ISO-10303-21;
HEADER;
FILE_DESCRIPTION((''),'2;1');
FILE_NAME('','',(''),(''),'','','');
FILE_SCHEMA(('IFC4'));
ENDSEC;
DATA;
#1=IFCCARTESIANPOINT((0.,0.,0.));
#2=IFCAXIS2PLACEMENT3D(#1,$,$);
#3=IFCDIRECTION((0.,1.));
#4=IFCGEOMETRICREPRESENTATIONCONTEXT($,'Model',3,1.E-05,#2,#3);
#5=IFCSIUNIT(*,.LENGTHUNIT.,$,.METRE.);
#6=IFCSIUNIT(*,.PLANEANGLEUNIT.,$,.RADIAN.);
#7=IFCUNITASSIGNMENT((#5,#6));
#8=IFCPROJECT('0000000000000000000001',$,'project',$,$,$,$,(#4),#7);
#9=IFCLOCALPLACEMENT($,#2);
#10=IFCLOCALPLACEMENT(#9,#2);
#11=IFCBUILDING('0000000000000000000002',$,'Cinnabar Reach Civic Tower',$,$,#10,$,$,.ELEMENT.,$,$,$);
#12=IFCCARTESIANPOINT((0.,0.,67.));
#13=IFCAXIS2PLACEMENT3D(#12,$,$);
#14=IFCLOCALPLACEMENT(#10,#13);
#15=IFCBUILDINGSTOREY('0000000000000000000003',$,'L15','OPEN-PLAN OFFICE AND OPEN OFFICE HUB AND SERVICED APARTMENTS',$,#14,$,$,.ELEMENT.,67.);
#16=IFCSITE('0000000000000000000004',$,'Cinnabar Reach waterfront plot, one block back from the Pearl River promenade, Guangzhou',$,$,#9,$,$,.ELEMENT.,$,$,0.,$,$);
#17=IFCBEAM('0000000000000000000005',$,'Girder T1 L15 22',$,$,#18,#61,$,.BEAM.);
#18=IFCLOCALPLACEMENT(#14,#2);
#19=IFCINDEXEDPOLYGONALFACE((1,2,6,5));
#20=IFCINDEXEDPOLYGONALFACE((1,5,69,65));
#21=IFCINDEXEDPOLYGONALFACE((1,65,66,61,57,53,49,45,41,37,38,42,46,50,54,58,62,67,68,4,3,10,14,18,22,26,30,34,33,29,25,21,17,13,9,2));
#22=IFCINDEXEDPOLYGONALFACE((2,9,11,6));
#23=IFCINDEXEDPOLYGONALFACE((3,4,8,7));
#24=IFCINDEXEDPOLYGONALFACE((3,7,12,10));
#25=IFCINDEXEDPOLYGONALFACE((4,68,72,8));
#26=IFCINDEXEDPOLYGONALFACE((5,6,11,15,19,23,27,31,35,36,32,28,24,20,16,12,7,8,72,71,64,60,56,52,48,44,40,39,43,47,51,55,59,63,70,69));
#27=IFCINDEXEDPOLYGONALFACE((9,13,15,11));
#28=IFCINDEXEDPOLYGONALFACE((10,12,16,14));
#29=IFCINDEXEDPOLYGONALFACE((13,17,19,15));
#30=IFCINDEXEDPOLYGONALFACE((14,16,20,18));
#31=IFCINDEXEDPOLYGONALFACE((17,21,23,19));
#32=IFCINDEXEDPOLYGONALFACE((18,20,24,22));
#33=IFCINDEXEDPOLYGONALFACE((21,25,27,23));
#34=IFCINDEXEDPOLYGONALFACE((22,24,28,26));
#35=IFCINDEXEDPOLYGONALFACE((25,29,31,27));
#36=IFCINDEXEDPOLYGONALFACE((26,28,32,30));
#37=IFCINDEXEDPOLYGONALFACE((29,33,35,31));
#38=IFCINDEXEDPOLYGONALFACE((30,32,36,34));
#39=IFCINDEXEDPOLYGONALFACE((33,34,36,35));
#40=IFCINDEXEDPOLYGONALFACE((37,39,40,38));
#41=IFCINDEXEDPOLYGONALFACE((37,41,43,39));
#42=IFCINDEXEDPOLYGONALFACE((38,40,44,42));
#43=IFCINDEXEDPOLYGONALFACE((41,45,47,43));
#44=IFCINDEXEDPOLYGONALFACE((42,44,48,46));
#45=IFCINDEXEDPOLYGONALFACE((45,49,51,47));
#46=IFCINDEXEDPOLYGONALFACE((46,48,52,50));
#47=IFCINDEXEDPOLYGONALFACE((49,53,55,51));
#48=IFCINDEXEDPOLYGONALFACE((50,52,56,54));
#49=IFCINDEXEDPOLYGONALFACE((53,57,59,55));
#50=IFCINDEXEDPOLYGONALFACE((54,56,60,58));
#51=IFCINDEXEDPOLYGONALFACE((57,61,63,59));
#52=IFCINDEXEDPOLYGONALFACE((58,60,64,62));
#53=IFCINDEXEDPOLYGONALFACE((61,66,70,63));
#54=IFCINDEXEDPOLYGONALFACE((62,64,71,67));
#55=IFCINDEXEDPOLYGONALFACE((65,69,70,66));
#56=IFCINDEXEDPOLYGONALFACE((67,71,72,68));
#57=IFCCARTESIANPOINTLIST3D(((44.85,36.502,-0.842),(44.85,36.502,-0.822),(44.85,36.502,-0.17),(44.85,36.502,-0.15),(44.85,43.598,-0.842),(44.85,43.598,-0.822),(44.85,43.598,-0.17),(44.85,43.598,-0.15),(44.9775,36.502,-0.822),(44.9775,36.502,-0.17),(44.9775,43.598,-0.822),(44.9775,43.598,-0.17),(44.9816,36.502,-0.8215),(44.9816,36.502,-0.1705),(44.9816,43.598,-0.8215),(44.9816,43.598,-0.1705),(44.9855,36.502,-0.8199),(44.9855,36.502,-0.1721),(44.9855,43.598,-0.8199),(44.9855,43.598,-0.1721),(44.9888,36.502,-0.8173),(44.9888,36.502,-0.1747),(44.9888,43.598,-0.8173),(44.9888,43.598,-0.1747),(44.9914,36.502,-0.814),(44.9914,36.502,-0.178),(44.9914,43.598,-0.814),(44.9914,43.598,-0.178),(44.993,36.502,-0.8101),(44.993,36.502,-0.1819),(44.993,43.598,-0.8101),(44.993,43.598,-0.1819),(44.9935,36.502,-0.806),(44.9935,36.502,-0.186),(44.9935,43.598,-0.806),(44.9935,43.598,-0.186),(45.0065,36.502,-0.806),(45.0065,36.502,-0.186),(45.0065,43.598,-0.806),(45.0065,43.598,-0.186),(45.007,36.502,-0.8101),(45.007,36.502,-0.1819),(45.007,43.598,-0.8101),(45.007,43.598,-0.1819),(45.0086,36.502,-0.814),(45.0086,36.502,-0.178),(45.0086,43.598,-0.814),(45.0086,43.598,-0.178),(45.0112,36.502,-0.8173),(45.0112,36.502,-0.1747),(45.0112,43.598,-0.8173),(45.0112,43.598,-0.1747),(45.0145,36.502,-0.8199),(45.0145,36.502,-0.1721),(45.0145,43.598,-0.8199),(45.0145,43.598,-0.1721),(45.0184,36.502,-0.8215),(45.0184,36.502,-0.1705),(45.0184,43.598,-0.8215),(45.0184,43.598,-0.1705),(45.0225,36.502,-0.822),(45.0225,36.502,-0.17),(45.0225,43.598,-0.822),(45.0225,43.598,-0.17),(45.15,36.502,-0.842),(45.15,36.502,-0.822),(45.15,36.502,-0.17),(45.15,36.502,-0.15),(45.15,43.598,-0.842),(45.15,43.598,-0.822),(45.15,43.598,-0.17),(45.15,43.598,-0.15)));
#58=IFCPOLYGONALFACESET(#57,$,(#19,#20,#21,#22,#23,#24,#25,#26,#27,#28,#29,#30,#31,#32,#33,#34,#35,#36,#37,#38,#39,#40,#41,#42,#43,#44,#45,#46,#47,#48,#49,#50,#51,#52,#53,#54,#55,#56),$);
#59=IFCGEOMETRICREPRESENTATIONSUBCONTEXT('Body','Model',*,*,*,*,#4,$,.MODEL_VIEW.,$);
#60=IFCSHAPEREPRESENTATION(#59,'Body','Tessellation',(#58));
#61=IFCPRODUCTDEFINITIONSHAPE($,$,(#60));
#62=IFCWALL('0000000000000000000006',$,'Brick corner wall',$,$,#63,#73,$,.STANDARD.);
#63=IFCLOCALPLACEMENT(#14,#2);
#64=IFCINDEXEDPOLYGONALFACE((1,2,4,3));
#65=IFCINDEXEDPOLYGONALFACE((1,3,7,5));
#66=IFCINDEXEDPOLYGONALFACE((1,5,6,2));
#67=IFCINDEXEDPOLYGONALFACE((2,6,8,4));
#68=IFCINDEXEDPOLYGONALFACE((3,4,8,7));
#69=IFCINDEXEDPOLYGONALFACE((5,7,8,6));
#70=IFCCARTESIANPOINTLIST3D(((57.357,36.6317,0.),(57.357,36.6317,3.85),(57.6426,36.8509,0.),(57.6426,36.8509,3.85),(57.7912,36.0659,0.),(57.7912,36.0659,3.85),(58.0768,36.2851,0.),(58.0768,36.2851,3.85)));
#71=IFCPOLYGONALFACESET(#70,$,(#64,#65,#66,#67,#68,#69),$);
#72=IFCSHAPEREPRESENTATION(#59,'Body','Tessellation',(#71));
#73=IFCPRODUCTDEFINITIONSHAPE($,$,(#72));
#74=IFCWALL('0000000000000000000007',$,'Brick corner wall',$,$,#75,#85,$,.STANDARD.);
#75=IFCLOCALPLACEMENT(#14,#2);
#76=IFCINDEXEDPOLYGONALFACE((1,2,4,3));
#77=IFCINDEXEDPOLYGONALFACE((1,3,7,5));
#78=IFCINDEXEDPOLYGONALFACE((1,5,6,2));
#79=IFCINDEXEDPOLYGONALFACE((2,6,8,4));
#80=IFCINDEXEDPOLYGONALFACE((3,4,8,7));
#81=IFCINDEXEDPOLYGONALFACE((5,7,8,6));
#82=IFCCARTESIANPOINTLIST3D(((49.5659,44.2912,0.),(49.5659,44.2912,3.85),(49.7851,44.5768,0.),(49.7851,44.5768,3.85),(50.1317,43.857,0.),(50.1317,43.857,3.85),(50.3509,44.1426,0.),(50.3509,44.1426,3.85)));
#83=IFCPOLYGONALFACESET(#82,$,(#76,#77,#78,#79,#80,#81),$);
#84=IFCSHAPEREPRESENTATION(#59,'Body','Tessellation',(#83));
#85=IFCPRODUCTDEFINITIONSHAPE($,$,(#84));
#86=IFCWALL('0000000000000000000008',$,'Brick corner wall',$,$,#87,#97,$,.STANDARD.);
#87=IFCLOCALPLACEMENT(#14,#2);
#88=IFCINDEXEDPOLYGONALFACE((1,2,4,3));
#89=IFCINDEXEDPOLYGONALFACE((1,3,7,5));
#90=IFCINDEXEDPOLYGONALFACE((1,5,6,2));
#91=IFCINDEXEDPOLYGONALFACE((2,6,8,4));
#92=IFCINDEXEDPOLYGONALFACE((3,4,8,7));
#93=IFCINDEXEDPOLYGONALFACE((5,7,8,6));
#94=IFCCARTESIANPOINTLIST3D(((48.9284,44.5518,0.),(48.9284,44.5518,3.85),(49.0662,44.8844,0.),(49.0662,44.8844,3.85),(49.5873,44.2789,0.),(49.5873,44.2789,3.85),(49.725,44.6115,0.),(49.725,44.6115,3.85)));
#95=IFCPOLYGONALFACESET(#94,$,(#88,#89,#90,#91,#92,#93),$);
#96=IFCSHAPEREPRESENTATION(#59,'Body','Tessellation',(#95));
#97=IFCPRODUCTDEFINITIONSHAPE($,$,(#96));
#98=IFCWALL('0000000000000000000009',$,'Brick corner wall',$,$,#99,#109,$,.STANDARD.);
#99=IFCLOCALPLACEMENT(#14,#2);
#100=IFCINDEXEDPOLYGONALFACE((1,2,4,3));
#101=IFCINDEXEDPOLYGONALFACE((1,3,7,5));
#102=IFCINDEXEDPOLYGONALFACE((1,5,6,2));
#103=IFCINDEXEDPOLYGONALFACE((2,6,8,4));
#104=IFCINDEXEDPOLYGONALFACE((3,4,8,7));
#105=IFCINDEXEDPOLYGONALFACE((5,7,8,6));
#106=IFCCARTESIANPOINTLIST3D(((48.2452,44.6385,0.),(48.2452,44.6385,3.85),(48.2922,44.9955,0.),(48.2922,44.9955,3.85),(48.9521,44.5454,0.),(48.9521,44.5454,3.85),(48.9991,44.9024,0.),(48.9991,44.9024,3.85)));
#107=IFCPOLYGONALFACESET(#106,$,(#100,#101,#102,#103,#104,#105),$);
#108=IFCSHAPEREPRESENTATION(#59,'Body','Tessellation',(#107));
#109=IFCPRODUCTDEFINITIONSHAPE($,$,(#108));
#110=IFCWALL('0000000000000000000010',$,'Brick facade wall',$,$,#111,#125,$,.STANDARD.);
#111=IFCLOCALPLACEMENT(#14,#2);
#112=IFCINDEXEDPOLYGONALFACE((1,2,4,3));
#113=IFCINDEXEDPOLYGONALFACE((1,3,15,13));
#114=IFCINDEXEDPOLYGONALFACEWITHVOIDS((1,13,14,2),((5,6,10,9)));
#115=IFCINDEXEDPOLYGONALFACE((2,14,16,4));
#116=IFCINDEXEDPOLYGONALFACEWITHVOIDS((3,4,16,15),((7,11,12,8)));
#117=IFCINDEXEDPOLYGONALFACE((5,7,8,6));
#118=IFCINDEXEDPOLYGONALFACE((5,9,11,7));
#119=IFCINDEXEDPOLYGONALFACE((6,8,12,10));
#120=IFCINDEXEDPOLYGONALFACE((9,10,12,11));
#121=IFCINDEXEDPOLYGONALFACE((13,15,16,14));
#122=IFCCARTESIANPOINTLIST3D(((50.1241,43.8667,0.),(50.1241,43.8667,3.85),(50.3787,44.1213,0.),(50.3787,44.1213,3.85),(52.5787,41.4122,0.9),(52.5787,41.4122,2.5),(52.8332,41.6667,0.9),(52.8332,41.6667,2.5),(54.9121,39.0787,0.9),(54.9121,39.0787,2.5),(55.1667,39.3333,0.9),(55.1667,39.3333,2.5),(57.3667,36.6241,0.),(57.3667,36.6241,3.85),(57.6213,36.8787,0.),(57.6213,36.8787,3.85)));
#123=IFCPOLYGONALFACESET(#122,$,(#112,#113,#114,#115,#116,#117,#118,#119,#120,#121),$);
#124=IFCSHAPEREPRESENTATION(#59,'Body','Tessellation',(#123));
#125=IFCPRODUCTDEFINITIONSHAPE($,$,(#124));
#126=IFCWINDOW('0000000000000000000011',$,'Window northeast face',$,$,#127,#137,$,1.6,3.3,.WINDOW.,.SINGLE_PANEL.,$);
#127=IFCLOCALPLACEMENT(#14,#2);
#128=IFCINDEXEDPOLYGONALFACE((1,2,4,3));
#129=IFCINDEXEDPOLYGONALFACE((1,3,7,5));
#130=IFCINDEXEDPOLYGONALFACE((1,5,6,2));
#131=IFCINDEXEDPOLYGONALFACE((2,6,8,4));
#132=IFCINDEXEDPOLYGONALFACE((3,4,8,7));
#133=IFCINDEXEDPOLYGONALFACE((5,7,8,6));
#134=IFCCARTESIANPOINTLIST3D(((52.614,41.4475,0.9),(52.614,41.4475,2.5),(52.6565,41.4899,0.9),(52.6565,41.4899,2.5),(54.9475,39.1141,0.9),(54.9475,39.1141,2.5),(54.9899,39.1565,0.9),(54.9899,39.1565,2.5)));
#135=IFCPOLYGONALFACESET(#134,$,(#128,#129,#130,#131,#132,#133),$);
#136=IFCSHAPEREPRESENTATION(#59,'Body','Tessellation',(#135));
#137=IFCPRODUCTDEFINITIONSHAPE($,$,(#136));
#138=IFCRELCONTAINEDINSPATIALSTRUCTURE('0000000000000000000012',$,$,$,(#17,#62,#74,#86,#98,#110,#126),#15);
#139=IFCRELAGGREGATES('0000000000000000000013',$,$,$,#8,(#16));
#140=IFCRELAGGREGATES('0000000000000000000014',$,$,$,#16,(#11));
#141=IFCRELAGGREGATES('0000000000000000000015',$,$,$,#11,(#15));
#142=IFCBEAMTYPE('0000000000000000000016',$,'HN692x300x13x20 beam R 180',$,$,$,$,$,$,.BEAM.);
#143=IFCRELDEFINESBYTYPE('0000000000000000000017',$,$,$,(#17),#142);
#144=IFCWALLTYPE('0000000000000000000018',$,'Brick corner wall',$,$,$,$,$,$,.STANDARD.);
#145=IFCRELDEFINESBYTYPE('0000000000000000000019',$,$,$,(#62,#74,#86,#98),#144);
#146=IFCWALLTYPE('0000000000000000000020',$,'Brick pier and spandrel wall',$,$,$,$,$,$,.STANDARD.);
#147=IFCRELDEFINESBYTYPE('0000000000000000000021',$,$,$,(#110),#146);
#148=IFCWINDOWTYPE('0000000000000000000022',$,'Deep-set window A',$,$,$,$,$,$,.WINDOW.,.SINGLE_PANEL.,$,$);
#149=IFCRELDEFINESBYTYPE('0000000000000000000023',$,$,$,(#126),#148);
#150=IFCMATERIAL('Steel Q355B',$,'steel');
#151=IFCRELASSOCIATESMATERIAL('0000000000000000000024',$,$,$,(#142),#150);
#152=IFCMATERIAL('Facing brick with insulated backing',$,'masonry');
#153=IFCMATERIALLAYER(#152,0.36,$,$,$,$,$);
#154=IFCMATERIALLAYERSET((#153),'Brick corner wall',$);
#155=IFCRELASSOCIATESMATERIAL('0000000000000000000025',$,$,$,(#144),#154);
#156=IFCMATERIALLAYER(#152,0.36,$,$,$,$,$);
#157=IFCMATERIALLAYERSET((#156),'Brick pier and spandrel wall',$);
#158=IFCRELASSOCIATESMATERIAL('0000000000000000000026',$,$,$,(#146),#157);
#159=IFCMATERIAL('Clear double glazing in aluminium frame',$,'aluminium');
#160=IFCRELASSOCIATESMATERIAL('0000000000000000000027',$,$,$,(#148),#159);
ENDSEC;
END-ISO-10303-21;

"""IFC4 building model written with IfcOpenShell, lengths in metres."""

from ifc_helpers import new_model, si_unit, direction, frame, frame_2d, origin, origin_2d, place, context, subcontext, project, spatial, rectangle, i_section, extrude, material, layer, layer_set, material_profile, profile_set, type_object, element, fill, save


model = new_model("IFC4")

# Units and contexts
model_context = context("Model", 3, precision=1e-05, world=origin(), true_north=direction((0.0, 1.0)))
body_context = subcontext(model_context, "Body", "Model", "MODEL_VIEW")
ifc_project = project(units=[si_unit("LENGTHUNIT", "METRE"), si_unit("PLANEANGLEUNIT", "RADIAN")], contexts=[model_context])

# Site, building, storey
site_placement = place(None, origin())
site = spatial("IfcSite", under=ifc_project, at=site_placement, Name="Cinnabar Reach waterfront plot, one block back from the Pearl River promenade, Guangzhou", CompositionType="ELEMENT", RefElevation=0.0)
building_placement = place(site_placement, origin())
building = spatial("IfcBuilding", under=site, at=building_placement, Name="Cinnabar Reach Civic Tower", CompositionType="ELEMENT")
storey_placement = place(building_placement, frame((0.0, 0.0, 67.0)))
storey = spatial("IfcBuildingStorey", under=building, at=storey_placement, Name="L15", Description="OPEN-PLAN OFFICE AND OPEN OFFICE HUB AND SERVICED APARTMENTS", CompositionType="ELEMENT", Elevation=67.0)

# Beam
ifc_material_1 = material(Name="Steel Q355B", Category="steel")
ifc_material_profile_1 = material_profile(ifc_material_1, i_section(OverallWidth=0.3, OverallDepth=0.692, WebThickness=0.013, FlangeThickness=0.02, FilletRadius=0.016, at=origin_2d()), Name="HN692x300x13x20")
ifc_profile_set_1 = profile_set([ifc_material_profile_1], Name="Steel Q355B")
beam_type_1 = type_object("IfcBeamType", Name="HN692x300x13x20 beam R 180", PredefinedType="BEAM", material=ifc_profile_set_1)
beam_1_placement = place(storey_placement, frame((45.0, 36.502, -0.496), z_axis=(0.0, 1.0, 0.0), x_axis=(-1.0, 0.0, 0.0)))
element("IfcBeam", 1, at=beam_1_placement, inside=storey, type_object=beam_type_1, Name="Girder T1 L15 22", PredefinedType="BEAM", context=body_context, shape_type="SweptSolid", body=[
    extrude(i_section(OverallWidth=0.3, OverallDepth=0.692, WebThickness=0.013, FlangeThickness=0.02, FilletRadius=0.016, at=origin_2d()), origin(), (0.0, 0.0, 1.0), 7.096),
])

# Walls
ifc_material_2 = material(Name="Facing brick with insulated backing", Category="masonry")
ifc_layer_1 = layer(ifc_material_2, 0.36)
ifc_layer_set_1 = layer_set([ifc_layer_1], Name="Brick corner wall")
wall_type_1 = type_object("IfcWallType", Name="Brick corner wall", PredefinedType="STANDARD", material=ifc_layer_set_1)
for number, where, z_axis, x_axis, name in (
    (2, (57.934, 36.1755, 0.0), (0.0, 0.0, 1.0), (-0.608802, 0.793322, 0.0), "Brick corner wall"),
    (3, (50.2413, 43.9998, 0.0), (0.0, 0.0, 1.0), (-0.793322, 0.608802, 0.0), "Brick corner wall"),
):
    element("IfcWall", number, at=place(storey_placement, frame(where, z_axis=z_axis, x_axis=x_axis)), inside=storey, type_object=wall_type_1, Name=name, PredefinedType="STANDARD", context=body_context, shape_type="SweptSolid", body=[
        extrude(rectangle(XDim=0.7132, YDim=0.36, at=frame_2d((0.3566, 0.0))), origin(), (0.0, 0.0, 1.0), 3.85),
    ])
for number, where, z_axis, x_axis, name in (
    (4, (49.6561, 44.4452, 0.0), (0.0, 0.0, 1.0), (-0.923872, 0.382703, 0.0), "Brick corner wall"),
    (5, (48.9756, 44.7239, 0.0), (0.0, 0.0, 1.0), (-0.991441, 0.130556, 0.0), "Brick corner wall"),
):
    element("IfcWall", number, at=place(storey_placement, frame(where, z_axis=z_axis, x_axis=x_axis)), inside=storey, type_object=wall_type_1, Name=name, PredefinedType="STANDARD", context=body_context, shape_type="SweptSolid", body=[
        extrude(rectangle(XDim=0.7131, YDim=0.36, at=frame_2d((0.3565, 0.0))), origin(), (0.0, 0.0, 1.0), 3.85),
    ])

# Wall, opening, window
ifc_layer_2 = layer(ifc_material_2, 0.36)
ifc_layer_set_2 = layer_set([ifc_layer_2], Name="Brick pier and spandrel wall")
wall_type_2 = type_object("IfcWallType", Name="Brick pier and spandrel wall", PredefinedType="STANDARD", material=ifc_layer_set_2)
wall_1_placement = place(storey_placement, frame((57.494, 36.7514, 0.0), z_axis=(0.0, 0.0, 1.0), x_axis=(-0.707107, 0.707107, 0.0)))
wall_1 = element("IfcWall", 6, at=wall_1_placement, inside=storey, type_object=wall_type_2, Name="Brick facade wall", PredefinedType="STANDARD", context=body_context, shape_type="SweptSolid", body=[
    extrude(rectangle(XDim=10.2426, YDim=0.36, at=frame_2d((5.1213, 0.0))), origin(), (0.0, 0.0, 1.0), 3.85),
])
opening_1_placement = place(wall_1_placement, frame((3.4713, 0.0, 0.9)))
opening_1 = element("IfcOpeningElement", 7, at=opening_1_placement, cuts=wall_1, PredefinedType="OPENING", context=body_context, shape_type="SweptSolid", body=[
    extrude(rectangle(XDim=3.3, YDim=1.6, at=frame_2d((1.65, 0.8))), frame((0.0, 0.19, 0.0), z_axis=(0.0, -1.0, 0.0), x_axis=(1.0, 0.0, 0.0)), (0.0, 0.0, 1.0), 0.38),
])
ifc_material_3 = material(Name="Clear double glazing in aluminium frame", Category="aluminium")
window_type_1 = type_object("IfcWindowType", Name="Deep-set window A", PartitioningType="SINGLE_PANEL", PredefinedType="WINDOW", material=ifc_material_3)
window_1_placement = place(opening_1_placement, origin())
window_1 = element("IfcWindow", 8, at=window_1_placement, inside=storey, type_object=window_type_1, Name="Window northeast face", OverallHeight=1.6, OverallWidth=3.3, PartitioningType="SINGLE_PANEL", PredefinedType="WINDOW", context=body_context, shape_type="SweptSolid", body=[
    extrude(rectangle(XDim=3.3, YDim=1.6, at=frame_2d((1.65, 0.8))), frame((0.0, 0.13, 0.0), z_axis=(0.0, -1.0, 0.0), x_axis=(1.0, 0.0, 0.0)), (0.0, 0.0, 1.0), 0.06),
])
fill(opening_1, window_1)

save(model, "model.ifc")
